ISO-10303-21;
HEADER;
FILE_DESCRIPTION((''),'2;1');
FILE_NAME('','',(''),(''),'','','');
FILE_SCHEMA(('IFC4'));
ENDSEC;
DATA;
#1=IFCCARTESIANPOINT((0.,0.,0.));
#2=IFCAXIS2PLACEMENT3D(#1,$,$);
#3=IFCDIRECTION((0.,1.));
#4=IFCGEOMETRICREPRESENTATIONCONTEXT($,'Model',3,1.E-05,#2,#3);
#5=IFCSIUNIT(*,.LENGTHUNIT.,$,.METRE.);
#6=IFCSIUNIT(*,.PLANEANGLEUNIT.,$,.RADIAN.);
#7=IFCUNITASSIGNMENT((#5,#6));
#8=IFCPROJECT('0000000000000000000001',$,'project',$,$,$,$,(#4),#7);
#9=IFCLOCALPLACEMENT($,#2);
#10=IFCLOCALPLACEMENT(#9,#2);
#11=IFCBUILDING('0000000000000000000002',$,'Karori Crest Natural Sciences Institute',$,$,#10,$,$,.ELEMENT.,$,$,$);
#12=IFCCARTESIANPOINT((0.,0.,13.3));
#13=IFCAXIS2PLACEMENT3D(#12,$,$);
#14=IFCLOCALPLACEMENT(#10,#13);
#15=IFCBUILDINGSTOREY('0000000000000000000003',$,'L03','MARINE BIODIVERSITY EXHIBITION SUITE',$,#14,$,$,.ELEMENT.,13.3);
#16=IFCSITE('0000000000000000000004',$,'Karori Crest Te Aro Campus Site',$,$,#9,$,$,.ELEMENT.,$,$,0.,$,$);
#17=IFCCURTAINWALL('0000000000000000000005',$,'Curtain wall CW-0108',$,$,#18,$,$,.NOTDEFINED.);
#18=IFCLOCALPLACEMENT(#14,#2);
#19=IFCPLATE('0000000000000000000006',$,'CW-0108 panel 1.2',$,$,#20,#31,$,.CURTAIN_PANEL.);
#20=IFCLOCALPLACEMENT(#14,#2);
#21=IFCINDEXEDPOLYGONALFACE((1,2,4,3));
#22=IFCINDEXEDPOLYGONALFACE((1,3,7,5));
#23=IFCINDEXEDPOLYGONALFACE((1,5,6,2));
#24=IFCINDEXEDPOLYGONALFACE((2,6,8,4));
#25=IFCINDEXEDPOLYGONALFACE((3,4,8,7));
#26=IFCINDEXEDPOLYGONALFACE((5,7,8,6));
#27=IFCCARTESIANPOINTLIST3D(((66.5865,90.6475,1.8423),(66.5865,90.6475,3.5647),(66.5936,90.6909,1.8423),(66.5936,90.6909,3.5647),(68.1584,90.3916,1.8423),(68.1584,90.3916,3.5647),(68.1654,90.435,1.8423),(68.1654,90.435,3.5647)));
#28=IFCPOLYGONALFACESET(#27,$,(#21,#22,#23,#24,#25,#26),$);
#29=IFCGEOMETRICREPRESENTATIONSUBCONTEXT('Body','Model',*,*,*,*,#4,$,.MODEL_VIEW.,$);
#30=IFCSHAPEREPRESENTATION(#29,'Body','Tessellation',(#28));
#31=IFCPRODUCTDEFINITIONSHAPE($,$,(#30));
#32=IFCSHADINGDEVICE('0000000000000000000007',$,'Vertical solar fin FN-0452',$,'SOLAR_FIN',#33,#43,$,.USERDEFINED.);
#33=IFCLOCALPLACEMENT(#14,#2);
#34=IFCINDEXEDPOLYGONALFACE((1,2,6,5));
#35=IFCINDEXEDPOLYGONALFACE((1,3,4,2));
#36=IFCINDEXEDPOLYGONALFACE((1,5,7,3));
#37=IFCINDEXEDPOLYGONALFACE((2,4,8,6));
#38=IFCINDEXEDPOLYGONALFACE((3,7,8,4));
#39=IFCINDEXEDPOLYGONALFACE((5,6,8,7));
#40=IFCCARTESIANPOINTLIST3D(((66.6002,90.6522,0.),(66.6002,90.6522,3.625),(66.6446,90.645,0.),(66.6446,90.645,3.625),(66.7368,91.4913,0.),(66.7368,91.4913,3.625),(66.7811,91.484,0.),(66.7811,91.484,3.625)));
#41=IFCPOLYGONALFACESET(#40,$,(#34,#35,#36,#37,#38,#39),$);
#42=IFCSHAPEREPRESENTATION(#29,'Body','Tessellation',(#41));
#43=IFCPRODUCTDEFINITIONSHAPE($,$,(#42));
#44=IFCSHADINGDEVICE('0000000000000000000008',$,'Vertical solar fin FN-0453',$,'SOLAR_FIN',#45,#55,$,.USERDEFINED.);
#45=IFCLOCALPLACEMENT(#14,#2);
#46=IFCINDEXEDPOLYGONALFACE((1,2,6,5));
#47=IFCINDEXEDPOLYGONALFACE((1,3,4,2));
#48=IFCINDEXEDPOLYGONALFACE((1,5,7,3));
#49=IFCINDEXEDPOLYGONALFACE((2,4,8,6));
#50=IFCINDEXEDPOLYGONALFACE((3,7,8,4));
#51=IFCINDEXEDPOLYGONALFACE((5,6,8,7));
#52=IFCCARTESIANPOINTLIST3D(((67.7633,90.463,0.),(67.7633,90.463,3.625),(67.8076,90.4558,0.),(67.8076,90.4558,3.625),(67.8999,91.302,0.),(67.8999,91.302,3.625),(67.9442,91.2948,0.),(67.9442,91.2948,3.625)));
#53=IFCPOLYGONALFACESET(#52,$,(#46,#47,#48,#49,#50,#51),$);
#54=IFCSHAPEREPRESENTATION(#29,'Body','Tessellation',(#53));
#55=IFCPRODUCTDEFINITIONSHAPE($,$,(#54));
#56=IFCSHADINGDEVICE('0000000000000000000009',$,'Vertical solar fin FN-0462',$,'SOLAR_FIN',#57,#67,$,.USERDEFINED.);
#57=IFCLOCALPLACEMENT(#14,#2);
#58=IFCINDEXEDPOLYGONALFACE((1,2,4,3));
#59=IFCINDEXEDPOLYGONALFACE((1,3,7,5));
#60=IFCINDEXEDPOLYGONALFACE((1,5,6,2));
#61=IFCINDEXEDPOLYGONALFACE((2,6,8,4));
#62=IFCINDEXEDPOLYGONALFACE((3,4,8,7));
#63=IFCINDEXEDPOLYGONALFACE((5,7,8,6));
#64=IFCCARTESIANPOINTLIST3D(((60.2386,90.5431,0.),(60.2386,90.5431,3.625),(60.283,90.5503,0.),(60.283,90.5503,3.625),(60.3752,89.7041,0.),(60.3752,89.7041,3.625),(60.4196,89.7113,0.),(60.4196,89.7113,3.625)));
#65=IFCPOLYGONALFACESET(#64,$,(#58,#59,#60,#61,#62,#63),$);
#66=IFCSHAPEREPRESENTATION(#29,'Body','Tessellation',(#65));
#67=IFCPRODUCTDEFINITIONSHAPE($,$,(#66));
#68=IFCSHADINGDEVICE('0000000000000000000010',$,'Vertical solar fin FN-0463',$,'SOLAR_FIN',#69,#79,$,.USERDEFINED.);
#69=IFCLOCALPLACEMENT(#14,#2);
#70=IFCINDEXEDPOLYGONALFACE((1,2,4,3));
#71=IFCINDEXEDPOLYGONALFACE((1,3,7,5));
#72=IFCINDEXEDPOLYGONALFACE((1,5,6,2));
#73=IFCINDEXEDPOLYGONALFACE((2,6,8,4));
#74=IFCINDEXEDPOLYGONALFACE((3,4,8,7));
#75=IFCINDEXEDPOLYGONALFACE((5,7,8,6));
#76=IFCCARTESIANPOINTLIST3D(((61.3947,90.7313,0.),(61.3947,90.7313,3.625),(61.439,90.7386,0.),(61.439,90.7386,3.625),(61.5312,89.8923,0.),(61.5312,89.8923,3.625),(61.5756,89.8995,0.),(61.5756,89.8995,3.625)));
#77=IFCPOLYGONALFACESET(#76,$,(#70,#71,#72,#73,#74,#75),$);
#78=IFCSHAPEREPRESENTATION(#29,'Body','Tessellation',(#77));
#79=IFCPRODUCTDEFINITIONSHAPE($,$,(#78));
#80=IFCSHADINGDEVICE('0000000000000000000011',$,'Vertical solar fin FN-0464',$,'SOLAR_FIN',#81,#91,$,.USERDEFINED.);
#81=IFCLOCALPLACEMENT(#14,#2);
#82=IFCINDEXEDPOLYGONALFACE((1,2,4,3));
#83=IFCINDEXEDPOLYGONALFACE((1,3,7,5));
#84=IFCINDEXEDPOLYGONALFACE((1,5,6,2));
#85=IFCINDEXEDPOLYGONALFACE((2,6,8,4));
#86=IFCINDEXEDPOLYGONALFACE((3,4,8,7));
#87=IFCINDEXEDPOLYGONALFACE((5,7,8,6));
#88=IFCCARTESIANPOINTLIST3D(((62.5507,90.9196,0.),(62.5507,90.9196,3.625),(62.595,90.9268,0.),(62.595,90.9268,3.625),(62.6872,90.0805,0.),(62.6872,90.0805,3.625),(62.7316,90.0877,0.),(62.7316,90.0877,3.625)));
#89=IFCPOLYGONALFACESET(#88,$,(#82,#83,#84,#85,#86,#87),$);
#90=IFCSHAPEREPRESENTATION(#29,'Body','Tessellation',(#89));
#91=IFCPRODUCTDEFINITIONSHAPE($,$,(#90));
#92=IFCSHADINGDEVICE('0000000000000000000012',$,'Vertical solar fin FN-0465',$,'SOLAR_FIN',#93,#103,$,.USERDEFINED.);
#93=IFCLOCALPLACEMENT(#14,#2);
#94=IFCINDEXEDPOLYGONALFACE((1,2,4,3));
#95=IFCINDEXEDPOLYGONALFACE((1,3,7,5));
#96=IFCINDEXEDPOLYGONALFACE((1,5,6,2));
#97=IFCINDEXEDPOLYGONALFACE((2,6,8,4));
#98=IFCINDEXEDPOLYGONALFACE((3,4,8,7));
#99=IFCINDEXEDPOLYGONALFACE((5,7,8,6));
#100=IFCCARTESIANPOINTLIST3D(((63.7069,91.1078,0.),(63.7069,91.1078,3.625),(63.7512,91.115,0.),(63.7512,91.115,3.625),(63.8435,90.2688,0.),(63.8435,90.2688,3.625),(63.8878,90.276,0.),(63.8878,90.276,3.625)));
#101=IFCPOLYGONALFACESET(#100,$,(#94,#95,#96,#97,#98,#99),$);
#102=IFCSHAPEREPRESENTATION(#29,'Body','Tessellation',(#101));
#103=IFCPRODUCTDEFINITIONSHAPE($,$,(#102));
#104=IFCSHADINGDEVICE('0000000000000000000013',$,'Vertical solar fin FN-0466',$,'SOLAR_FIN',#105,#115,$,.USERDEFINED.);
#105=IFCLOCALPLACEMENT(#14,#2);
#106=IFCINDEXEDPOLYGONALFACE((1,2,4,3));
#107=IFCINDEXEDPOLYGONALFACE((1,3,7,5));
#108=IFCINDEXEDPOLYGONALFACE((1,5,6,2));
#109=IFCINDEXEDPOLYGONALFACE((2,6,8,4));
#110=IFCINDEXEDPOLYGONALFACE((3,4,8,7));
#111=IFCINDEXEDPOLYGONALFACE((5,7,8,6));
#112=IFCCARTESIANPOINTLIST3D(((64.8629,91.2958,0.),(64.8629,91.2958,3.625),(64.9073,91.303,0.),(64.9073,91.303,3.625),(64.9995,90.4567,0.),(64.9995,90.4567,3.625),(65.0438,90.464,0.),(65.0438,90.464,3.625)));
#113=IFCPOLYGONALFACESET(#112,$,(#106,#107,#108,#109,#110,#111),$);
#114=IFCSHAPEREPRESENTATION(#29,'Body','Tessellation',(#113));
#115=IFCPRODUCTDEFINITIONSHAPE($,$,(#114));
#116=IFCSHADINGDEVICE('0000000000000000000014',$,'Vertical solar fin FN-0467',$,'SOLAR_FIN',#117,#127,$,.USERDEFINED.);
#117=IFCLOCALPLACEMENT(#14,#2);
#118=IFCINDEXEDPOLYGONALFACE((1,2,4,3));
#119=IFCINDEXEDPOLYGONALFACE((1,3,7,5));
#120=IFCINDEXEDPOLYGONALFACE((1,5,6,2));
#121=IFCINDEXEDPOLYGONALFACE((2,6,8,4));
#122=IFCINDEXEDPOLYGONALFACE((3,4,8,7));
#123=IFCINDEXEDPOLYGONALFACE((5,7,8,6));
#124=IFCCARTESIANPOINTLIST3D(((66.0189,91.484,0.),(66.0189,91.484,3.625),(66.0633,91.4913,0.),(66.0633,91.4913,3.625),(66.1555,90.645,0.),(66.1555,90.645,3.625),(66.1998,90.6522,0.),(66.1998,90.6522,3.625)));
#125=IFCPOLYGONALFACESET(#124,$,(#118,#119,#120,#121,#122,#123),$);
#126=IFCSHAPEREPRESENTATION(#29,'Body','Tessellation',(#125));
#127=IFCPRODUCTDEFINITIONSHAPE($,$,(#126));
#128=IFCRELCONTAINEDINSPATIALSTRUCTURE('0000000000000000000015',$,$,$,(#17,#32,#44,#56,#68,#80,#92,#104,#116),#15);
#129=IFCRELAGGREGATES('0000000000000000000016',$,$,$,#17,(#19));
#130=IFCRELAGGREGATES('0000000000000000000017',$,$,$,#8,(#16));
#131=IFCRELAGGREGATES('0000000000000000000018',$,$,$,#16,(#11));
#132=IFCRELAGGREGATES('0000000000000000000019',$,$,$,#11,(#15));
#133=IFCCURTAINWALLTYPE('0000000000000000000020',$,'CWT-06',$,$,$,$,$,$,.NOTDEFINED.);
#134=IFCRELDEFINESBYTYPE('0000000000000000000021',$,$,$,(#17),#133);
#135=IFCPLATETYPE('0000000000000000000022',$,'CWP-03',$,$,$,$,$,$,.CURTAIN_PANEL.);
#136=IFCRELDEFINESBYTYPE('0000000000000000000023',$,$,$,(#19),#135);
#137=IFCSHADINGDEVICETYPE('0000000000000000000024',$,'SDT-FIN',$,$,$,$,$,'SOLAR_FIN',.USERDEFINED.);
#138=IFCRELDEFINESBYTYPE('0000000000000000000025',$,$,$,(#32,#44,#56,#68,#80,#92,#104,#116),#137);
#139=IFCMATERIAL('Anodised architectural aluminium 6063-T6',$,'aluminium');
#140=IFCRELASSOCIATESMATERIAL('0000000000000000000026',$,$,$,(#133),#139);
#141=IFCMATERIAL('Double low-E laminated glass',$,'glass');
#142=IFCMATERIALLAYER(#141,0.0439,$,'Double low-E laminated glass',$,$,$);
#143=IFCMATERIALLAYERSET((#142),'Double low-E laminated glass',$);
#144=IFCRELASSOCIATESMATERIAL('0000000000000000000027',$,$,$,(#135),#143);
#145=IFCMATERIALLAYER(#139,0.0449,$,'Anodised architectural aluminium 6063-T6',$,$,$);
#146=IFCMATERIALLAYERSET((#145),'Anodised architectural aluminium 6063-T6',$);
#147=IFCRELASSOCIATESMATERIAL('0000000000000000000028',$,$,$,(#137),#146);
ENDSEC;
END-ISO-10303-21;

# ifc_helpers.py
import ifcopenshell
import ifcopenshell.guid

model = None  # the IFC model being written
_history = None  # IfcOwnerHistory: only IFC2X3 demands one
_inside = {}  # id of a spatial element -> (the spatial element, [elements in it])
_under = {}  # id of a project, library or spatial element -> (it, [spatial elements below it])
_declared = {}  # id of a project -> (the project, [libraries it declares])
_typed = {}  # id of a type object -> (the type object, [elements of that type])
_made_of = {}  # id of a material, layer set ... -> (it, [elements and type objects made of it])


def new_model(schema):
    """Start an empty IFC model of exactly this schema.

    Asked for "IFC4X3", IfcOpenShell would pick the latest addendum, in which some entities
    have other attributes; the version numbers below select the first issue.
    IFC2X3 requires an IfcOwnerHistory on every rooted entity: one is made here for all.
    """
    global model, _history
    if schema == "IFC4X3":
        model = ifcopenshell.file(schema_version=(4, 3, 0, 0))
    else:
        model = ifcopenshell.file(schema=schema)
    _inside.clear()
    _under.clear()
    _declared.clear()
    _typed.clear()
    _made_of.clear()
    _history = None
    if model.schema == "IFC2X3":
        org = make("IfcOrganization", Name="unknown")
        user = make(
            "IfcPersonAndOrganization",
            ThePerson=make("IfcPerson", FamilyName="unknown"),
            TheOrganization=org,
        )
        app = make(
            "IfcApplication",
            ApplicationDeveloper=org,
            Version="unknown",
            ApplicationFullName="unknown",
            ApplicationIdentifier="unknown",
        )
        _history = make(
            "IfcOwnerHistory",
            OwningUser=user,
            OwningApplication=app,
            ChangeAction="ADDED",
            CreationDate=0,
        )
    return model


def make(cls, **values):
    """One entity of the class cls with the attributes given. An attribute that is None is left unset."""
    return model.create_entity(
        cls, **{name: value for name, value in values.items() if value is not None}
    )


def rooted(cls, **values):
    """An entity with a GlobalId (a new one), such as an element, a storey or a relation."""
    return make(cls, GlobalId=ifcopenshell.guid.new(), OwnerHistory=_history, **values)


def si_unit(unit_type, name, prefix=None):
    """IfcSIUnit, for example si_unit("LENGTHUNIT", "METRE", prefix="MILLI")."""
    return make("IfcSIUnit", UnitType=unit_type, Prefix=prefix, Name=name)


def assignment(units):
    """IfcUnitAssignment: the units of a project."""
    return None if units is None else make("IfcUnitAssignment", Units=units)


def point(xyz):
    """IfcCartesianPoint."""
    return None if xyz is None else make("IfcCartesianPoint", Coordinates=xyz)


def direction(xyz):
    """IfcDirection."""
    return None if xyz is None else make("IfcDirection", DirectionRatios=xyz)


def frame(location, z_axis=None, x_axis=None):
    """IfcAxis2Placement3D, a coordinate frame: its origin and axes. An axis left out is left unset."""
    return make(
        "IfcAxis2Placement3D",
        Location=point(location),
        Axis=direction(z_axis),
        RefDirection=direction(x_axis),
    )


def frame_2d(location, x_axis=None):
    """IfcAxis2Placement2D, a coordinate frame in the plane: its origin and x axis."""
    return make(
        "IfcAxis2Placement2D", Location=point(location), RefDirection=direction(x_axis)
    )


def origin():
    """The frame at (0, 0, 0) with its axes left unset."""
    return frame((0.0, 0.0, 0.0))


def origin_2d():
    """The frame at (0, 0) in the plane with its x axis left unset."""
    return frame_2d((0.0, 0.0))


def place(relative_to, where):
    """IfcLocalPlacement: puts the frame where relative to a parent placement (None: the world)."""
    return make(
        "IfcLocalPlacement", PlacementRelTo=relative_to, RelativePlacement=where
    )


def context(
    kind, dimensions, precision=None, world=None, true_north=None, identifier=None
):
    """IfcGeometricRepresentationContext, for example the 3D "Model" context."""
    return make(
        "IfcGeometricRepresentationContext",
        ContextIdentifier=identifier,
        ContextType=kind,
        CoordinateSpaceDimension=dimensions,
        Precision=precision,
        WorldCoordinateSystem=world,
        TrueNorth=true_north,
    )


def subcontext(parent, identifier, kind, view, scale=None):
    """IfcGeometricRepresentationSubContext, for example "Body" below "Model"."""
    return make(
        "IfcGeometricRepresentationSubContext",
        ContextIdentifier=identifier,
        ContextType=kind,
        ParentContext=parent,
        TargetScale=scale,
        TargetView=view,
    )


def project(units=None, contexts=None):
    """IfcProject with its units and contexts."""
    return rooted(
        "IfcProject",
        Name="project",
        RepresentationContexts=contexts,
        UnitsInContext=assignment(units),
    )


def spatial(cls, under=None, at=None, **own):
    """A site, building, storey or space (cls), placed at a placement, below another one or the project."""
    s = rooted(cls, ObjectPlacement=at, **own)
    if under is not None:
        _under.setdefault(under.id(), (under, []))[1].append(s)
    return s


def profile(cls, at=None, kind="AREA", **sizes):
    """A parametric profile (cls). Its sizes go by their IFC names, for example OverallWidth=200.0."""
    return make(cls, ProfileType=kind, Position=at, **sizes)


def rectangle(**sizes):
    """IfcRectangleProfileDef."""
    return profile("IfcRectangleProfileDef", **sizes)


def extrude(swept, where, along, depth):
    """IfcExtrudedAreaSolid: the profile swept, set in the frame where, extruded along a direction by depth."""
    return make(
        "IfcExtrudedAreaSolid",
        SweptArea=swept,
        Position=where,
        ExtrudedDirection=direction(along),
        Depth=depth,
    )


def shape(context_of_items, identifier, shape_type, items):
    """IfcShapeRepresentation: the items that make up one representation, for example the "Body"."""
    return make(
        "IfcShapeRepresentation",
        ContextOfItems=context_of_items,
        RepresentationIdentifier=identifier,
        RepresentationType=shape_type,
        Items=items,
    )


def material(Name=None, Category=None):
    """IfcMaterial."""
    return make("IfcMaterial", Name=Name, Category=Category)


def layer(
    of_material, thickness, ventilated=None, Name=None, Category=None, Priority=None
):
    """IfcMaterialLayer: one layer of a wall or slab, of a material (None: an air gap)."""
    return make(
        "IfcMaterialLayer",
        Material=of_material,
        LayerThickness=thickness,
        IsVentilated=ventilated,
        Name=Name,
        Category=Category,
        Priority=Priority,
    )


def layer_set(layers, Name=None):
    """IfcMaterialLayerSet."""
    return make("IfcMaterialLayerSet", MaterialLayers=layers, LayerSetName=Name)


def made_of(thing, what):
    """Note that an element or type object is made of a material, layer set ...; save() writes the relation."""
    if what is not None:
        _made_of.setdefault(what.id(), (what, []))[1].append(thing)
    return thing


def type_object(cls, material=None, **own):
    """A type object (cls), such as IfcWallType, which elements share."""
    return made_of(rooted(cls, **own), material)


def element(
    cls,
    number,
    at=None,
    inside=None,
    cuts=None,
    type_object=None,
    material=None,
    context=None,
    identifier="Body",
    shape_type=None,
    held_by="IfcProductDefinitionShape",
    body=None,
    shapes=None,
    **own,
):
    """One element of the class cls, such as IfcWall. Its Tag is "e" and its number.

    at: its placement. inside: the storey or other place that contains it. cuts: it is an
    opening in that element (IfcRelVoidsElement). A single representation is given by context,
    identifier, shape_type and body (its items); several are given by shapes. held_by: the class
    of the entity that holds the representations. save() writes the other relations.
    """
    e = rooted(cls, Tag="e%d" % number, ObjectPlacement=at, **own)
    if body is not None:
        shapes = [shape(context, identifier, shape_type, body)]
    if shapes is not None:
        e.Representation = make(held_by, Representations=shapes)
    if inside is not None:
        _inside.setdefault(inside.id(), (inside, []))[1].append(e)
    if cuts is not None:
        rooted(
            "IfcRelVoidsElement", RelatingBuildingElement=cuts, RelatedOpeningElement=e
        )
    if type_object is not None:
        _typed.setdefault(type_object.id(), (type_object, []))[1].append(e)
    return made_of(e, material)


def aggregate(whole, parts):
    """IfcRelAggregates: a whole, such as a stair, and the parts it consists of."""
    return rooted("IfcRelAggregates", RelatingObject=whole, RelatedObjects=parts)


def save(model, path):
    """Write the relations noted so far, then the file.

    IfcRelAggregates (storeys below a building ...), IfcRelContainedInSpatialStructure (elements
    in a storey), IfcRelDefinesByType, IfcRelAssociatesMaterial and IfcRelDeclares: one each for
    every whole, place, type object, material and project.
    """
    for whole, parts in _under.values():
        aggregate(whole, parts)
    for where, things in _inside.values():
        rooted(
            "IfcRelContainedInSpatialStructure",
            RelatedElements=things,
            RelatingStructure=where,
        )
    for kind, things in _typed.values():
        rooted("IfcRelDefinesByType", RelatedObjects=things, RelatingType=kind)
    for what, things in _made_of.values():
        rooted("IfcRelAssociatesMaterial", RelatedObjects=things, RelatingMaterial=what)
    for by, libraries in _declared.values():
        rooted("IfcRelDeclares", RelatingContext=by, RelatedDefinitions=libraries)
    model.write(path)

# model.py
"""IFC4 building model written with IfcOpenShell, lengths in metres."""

from ifc_helpers import new_model, si_unit, direction, frame, origin, origin_2d, place, context, subcontext, project, spatial, rectangle, extrude, material, layer, layer_set, type_object, element, aggregate, save


model = new_model("IFC4")

# Units and contexts
model_context = context("Model", 3, precision=1e-05, world=origin(), true_north=direction((0.0, 1.0)))
body_context = subcontext(model_context, "Body", "Model", "MODEL_VIEW")
ifc_project = project(units=[si_unit("LENGTHUNIT", "METRE"), si_unit("PLANEANGLEUNIT", "RADIAN")], contexts=[model_context])

# Site, building, storey
site_placement = place(None, origin())
site = spatial("IfcSite", under=ifc_project, at=site_placement, Name="Karori Crest Te Aro Campus Site", CompositionType="ELEMENT", RefElevation=0.0)
building_placement = place(site_placement, origin())
building = spatial("IfcBuilding", under=site, at=building_placement, Name="Karori Crest Natural Sciences Institute", CompositionType="ELEMENT")
storey_placement = place(building_placement, frame((0.0, 0.0, 13.3)))
storey = spatial("IfcBuildingStorey", under=building, at=storey_placement, Name="L03", Description="MARINE BIODIVERSITY EXHIBITION SUITE", CompositionType="ELEMENT", Elevation=13.3)

# Curtain wall
ifc_material_1 = material(Name="Anodised architectural aluminium 6063-T6", Category="aluminium")
curtain_wall_type_1 = type_object("IfcCurtainWallType", Name="CWT-06", PredefinedType="NOTDEFINED", material=ifc_material_1)
curtain_wall_1_placement = place(storey_placement, origin())
curtain_wall_1 = element("IfcCurtainWall", 1, at=curtain_wall_1_placement, inside=storey, type_object=curtain_wall_type_1, Name="Curtain wall CW-0108", PredefinedType="NOTDEFINED")

# Plate
ifc_material_2 = material(Name="Double low-E laminated glass", Category="glass")
ifc_layer_1 = layer(ifc_material_2, 0.0439, Name="Double low-E laminated glass")
ifc_layer_set_1 = layer_set([ifc_layer_1], Name="Double low-E laminated glass")
plate_type_1 = type_object("IfcPlateType", Name="CWP-03", PredefinedType="CURTAIN_PANEL", material=ifc_layer_set_1)
plate_1_placement = place(storey_placement, frame((67.376, 90.5413, 1.8423), z_axis=(0.0, 0.0, 1.0), x_axis=(0.987011, -0.160655, 0.0)))
plate_1 = element("IfcPlate", 2, at=plate_1_placement, type_object=plate_type_1, Name="CW-0108 panel 1.2", PredefinedType="CURTAIN_PANEL", context=body_context, shape_type="SweptSolid", body=[
    extrude(rectangle(XDim=1.5925, YDim=0.0439, at=origin_2d()), origin(), (0.0, 0.0, 1.0), 1.7224),
])
aggregate(curtain_wall_1, [plate_1])

# Shading devices
ifc_layer_2 = layer(ifc_material_1, 0.0449, Name="Anodised architectural aluminium 6063-T6")
ifc_layer_set_2 = layer_set([ifc_layer_2], Name="Anodised architectural aluminium 6063-T6")
shading_device_type = type_object("IfcShadingDeviceType", Name="SDT-FIN", ElementType="SOLAR_FIN", PredefinedType="USERDEFINED", material=ifc_layer_set_2)
for number, where, z_axis, x_axis, name in (
    (3, (66.6907, 91.0681, 0.0), (0.0, 0.0, 1.0), (0.160655, 0.987011, 0.0), "Vertical solar fin FN-0452"),
    (4, (67.8538, 90.8789, 0.0), (0.0, 0.0, 1.0), (0.160655, 0.987011, 0.0), "Vertical solar fin FN-0453"),
    (5, (60.3291, 90.1272, 0.0), (0.0, 0.0, 1.0), (-0.16065, 0.987012, 0.0), "Vertical solar fin FN-0462"),
    (6, (61.4851, 90.3154, 0.0), (0.0, 0.0, 1.0), (-0.16065, 0.987012, 0.0), "Vertical solar fin FN-0463"),
    (7, (62.6411, 90.5037, 0.0), (0.0, 0.0, 1.0), (-0.16065, 0.987012, 0.0), "Vertical solar fin FN-0464"),
    (8, (63.7974, 90.6919, 0.0), (0.0, 0.0, 1.0), (-0.16065, 0.987012, 0.0), "Vertical solar fin FN-0465"),
    (9, (64.9534, 90.8799, 0.0), (0.0, 0.0, 1.0), (-0.16065, 0.987012, 0.0), "Vertical solar fin FN-0466"),
    (10, (66.1094, 91.0681, 0.0), (0.0, 0.0, 1.0), (-0.16065, 0.987012, 0.0), "Vertical solar fin FN-0467"),
):
    element("IfcShadingDevice", number, at=place(storey_placement, frame(where, z_axis=z_axis, x_axis=x_axis)), inside=storey, type_object=shading_device_type, Name=name, ObjectType="SOLAR_FIN", PredefinedType="USERDEFINED", context=body_context, shape_type="SweptSolid", body=[
        extrude(rectangle(XDim=0.8501, YDim=0.0449, at=origin_2d()), origin(), (0.0, 0.0, 1.0), 3.625),
    ])

save(model, "model.ifc")
